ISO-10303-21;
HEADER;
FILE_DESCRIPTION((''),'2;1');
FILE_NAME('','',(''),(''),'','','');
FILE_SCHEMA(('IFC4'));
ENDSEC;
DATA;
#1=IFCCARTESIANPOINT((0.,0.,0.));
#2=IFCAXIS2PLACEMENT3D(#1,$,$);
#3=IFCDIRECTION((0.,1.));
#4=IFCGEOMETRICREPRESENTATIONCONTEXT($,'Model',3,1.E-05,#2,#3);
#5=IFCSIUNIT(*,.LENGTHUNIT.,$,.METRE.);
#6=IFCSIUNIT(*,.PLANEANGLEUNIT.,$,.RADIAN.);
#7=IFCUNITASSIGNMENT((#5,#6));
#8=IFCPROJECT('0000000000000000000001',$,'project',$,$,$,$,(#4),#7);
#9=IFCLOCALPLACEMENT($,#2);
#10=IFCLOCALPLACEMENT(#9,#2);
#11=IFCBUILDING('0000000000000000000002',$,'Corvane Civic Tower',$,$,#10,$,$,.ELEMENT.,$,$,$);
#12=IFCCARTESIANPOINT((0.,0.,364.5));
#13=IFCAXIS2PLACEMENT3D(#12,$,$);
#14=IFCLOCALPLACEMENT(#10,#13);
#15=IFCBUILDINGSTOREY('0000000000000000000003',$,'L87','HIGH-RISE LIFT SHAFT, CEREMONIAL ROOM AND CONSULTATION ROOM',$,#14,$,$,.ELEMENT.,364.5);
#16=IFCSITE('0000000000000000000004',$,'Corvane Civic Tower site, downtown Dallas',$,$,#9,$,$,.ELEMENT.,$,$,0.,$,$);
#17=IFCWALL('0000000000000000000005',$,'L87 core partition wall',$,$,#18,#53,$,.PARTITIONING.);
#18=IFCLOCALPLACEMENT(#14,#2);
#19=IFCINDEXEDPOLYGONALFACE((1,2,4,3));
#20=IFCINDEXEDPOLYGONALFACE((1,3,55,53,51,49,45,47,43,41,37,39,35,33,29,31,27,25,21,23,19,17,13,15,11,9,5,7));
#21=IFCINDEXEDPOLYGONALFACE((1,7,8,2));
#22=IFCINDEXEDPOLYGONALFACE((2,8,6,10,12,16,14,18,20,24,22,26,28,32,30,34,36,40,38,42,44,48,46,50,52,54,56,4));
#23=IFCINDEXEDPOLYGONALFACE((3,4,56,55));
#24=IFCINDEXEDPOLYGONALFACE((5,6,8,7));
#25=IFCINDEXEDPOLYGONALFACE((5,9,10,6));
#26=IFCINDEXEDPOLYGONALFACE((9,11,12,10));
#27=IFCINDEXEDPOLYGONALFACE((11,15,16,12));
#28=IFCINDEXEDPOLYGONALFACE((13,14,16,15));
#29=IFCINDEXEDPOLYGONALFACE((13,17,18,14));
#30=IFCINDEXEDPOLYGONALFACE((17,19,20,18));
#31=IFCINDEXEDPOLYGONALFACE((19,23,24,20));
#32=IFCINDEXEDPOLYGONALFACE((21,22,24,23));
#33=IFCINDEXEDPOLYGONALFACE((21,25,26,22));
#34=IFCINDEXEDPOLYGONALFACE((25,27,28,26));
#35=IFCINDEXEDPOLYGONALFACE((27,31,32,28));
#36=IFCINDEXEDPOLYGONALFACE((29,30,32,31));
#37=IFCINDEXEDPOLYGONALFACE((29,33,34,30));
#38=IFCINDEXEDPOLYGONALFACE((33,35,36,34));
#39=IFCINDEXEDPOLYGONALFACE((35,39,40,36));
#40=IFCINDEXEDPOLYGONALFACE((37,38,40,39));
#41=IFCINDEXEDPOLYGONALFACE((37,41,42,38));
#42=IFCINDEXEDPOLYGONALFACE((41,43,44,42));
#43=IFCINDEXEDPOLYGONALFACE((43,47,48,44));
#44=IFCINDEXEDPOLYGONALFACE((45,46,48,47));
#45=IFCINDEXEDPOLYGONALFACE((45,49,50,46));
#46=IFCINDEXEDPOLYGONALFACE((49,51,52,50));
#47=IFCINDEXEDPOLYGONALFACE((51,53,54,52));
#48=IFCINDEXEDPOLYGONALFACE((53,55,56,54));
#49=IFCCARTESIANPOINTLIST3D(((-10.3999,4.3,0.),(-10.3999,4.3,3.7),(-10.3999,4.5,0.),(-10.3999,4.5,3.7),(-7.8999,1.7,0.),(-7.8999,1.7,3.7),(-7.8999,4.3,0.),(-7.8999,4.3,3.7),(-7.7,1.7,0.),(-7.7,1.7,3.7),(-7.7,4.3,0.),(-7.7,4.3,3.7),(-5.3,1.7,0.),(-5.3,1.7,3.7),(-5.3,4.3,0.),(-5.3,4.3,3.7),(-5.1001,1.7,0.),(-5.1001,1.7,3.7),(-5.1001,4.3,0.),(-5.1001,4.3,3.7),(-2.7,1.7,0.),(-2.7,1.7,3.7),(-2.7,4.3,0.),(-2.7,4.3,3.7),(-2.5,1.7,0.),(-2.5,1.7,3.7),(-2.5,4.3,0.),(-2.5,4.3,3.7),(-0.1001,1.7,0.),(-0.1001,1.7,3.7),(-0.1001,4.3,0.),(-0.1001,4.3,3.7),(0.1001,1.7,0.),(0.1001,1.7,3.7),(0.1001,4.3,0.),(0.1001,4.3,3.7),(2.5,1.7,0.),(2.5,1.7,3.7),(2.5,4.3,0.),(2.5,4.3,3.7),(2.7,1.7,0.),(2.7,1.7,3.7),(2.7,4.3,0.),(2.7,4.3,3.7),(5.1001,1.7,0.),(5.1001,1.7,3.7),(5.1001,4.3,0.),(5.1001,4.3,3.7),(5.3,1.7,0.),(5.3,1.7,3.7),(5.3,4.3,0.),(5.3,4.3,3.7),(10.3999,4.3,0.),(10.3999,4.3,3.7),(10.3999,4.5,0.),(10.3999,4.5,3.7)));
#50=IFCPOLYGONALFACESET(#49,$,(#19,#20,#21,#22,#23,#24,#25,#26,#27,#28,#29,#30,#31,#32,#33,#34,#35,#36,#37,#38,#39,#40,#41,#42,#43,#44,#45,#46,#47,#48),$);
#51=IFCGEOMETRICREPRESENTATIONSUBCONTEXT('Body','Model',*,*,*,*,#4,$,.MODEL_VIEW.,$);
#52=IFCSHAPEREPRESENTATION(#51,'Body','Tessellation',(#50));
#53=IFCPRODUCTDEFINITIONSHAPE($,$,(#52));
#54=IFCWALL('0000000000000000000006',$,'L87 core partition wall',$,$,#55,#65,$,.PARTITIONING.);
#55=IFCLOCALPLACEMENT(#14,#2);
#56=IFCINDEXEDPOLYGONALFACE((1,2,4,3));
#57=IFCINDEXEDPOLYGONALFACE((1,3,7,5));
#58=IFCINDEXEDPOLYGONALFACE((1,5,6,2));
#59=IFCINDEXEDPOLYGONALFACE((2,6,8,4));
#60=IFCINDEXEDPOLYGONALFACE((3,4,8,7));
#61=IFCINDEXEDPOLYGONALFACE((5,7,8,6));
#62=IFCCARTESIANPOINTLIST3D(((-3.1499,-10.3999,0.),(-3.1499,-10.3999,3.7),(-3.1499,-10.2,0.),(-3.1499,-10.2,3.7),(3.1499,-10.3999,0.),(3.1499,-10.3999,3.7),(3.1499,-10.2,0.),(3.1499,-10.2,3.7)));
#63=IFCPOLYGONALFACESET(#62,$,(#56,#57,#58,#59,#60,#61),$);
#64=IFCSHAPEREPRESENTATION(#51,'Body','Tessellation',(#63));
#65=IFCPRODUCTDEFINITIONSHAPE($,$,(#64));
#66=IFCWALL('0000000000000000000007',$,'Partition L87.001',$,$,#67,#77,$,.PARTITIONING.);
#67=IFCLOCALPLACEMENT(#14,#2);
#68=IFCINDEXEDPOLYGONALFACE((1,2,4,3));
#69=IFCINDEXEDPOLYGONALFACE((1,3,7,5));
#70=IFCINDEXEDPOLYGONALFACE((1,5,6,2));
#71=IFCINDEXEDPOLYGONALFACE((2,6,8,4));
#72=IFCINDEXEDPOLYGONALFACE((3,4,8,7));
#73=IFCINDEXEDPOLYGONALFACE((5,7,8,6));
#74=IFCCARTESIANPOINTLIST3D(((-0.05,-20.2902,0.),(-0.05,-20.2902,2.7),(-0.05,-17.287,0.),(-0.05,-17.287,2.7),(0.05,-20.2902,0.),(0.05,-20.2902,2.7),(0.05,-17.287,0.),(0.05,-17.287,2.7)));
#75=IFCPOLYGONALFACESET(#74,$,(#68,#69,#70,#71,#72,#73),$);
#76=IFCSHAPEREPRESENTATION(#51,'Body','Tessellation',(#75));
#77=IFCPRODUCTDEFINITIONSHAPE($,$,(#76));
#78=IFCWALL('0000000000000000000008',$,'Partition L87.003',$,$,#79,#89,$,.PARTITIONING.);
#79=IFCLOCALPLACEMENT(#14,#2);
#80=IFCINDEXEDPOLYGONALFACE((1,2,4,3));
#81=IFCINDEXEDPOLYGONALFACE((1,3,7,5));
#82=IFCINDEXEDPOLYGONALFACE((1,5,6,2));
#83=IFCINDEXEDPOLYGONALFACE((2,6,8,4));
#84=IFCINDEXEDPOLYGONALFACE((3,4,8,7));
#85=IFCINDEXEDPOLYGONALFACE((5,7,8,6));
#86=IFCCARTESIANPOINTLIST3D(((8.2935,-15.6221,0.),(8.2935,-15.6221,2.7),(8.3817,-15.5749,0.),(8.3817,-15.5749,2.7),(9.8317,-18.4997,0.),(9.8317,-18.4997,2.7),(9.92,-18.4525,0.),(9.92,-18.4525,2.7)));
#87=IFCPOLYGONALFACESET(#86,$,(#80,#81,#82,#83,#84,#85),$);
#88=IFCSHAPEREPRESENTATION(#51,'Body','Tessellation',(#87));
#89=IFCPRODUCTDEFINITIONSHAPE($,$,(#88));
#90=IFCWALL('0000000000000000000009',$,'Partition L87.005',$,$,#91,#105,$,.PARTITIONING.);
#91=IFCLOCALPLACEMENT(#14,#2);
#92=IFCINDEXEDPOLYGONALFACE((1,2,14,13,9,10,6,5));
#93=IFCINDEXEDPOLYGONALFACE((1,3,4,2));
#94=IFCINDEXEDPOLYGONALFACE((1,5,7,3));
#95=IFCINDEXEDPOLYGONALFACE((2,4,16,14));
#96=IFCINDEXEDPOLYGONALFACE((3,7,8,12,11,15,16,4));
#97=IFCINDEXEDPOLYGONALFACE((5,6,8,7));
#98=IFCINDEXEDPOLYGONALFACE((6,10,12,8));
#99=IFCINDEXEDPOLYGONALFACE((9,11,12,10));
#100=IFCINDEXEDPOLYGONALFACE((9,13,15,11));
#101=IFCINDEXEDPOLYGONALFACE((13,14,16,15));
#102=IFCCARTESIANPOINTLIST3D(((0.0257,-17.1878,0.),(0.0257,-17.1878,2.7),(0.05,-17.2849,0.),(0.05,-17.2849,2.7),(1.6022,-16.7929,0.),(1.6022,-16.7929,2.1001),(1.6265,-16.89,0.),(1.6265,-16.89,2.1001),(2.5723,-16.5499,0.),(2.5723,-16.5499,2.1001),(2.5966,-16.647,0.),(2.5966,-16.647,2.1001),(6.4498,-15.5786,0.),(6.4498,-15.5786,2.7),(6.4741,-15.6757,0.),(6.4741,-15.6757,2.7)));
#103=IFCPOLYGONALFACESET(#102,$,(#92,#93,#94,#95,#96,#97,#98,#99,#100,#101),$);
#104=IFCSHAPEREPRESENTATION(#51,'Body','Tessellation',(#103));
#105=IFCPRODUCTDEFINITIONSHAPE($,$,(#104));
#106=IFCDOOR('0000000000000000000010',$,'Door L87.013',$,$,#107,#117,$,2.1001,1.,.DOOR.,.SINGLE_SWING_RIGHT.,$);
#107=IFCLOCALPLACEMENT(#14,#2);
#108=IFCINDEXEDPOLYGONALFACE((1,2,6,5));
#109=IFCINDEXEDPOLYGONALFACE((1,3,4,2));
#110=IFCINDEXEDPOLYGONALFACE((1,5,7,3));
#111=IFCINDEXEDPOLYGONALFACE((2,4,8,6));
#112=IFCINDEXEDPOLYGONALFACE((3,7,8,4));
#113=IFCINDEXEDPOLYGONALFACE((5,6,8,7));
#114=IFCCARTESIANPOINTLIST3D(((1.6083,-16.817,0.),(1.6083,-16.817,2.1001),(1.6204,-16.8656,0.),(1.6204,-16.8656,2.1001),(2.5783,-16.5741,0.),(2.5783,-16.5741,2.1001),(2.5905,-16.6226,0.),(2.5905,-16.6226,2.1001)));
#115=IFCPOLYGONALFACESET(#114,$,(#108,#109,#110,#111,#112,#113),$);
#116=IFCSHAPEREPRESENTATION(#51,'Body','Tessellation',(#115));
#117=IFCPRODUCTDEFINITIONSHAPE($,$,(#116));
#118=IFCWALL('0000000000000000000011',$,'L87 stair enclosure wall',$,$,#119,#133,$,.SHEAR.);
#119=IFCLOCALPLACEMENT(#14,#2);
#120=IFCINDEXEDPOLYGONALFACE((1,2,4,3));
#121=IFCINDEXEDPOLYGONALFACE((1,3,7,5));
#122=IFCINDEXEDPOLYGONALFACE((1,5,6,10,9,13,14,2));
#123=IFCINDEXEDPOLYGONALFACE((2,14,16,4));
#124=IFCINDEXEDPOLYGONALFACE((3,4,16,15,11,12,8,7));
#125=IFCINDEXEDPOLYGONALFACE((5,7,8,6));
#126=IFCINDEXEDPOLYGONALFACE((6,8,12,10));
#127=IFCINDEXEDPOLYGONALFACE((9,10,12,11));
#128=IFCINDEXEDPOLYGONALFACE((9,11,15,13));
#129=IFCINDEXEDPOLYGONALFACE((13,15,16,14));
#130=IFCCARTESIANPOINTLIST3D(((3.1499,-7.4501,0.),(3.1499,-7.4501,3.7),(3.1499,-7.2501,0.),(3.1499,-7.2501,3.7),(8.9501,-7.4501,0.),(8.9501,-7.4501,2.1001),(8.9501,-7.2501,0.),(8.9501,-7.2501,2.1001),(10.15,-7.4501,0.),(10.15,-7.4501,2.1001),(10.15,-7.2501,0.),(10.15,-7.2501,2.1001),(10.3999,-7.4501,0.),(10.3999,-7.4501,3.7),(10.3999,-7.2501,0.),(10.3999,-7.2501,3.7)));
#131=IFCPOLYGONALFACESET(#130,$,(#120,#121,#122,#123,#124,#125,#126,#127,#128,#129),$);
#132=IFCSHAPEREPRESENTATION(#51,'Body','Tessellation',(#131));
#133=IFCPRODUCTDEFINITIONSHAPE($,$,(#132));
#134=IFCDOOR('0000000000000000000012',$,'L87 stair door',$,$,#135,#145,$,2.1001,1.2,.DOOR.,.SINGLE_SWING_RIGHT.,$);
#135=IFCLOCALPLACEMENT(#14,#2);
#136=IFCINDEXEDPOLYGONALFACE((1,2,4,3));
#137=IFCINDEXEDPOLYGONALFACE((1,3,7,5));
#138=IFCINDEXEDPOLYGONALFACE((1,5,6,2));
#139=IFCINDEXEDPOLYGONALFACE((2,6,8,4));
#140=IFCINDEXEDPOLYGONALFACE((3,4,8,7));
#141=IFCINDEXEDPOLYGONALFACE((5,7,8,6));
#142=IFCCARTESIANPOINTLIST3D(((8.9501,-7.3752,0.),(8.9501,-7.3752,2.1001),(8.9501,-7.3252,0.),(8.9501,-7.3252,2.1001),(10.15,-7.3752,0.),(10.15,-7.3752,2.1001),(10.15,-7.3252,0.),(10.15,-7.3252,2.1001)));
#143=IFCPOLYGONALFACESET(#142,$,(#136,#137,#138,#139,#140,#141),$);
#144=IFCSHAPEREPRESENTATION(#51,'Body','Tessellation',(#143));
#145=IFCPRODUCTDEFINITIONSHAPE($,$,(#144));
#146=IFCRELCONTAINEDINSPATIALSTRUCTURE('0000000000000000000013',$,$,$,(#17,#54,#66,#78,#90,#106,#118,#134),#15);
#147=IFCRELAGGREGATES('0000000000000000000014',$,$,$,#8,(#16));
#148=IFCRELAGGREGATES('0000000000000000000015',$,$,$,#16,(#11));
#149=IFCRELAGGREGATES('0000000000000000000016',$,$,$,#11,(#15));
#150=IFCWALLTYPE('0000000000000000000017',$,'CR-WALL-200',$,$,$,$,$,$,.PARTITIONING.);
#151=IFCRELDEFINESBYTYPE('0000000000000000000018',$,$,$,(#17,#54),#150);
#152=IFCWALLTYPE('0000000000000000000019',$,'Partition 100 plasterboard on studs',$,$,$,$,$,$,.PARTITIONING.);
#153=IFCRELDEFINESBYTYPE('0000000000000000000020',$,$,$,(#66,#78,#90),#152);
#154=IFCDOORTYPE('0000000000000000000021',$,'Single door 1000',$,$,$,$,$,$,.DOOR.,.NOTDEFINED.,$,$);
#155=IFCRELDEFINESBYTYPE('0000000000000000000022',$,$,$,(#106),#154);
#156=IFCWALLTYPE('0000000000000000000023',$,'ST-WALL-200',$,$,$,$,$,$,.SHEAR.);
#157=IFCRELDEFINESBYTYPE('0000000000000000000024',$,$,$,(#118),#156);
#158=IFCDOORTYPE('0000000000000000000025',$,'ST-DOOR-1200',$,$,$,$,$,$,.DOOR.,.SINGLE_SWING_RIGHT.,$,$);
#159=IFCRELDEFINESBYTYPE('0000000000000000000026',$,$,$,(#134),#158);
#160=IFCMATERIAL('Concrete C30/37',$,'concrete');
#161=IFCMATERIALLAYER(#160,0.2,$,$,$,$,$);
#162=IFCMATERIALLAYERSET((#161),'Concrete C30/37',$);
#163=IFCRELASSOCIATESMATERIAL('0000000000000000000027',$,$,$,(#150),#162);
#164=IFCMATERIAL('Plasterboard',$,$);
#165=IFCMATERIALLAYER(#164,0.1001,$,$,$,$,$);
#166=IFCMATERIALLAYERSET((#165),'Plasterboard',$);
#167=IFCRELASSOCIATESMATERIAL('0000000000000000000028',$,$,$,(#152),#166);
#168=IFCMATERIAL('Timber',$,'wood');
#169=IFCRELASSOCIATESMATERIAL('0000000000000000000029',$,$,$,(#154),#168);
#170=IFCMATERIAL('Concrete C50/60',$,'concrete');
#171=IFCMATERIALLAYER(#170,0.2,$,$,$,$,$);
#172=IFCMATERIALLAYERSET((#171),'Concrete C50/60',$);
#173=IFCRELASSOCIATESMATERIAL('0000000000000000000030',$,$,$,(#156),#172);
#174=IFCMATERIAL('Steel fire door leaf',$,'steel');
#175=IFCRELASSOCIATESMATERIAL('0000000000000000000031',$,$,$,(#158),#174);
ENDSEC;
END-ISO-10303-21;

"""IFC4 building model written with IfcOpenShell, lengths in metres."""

from ifc_helpers import new_model, si_unit, direction, frame, frame_2d, origin, place, context, subcontext, project, spatial, polyline, rectangle, outline, extrude, material, layer, layer_set, type_object, element, fill, save


model = new_model("IFC4")

# Units and contexts
model_context = context("Model", 3, precision=1e-05, world=origin(), true_north=direction((0.0, 1.0)))
body_context = subcontext(model_context, "Body", "Model", "MODEL_VIEW")
ifc_project = project(units=[si_unit("LENGTHUNIT", "METRE"), si_unit("PLANEANGLEUNIT", "RADIAN")], contexts=[model_context])

# Site, building, storey
site_placement = place(None, origin())
site = spatial("IfcSite", under=ifc_project, at=site_placement, Name="Corvane Civic Tower site, downtown Dallas", CompositionType="ELEMENT", RefElevation=0.0)
building_placement = place(site_placement, origin())
building = spatial("IfcBuilding", under=site, at=building_placement, Name="Corvane Civic Tower", CompositionType="ELEMENT")
storey_placement = place(building_placement, frame((0.0, 0.0, 364.5)))
storey = spatial("IfcBuildingStorey", under=building, at=storey_placement, Name="L87", Description="HIGH-RISE LIFT SHAFT, CEREMONIAL ROOM AND CONSULTATION ROOM", CompositionType="ELEMENT", Elevation=364.5)

# Shared definitions
ifc_material_1 = material(Name="Concrete C30/37", Category="concrete")
ifc_layer_1 = layer(ifc_material_1, 0.2)
ifc_layer_set_1 = layer_set([ifc_layer_1], Name="Concrete C30/37")
wall_type_1 = type_object("IfcWallType", Name="CR-WALL-200", PredefinedType="PARTITIONING", material=ifc_layer_set_1)

# Walls
wall_1_placement = place(storey_placement, origin())
element("IfcWall", 1, at=wall_1_placement, inside=storey, type_object=wall_type_1, Name="L87 core partition wall", PredefinedType="PARTITIONING", context=body_context, shape_type="SweptSolid", body=[
    extrude(outline(polyline([(-7.7, 1.7), (-7.8999, 1.7), (-7.8999, 4.3), (-10.3999, 4.3), (-10.3999, 4.5), (10.3999, 4.5), (10.3999, 4.3), (5.3, 4.3), (5.3, 1.7), (5.1001, 1.7), (5.1001, 4.3), (2.7, 4.3), (2.7, 1.7), (2.5, 1.7), (2.5, 4.3), (0.1001, 4.3), (0.1001, 1.7), (-0.1001, 1.7), (-0.1001, 4.3), (-2.5, 4.3), (-2.5, 1.7), (-2.7, 1.7), (-2.7, 4.3), (-5.1001, 4.3), (-5.1001, 1.7), (-5.3, 1.7), (-5.3, 4.3), (-7.7, 4.3), (-7.7, 1.7)])), origin(), (0.0, 0.0, 1.0), 3.7),
])
wall_2_placement = place(storey_placement, origin())
element("IfcWall", 2, at=wall_2_placement, inside=storey, type_object=wall_type_1, Name="L87 core partition wall", PredefinedType="PARTITIONING", context=body_context, shape_type="SweptSolid", body=[
    extrude(outline(polyline([(3.1499, -10.2), (3.1499, -10.3999), (-3.1499, -10.3999), (-3.1499, -10.2), (3.1499, -10.2)])), origin(), (0.0, 0.0, 1.0), 3.7),
])
ifc_material_2 = material(Name="Plasterboard")
ifc_layer_2 = layer(ifc_material_2, 0.1001)
ifc_layer_set_2 = layer_set([ifc_layer_2], Name="Plasterboard")
wall_type_2 = type_object("IfcWallType", Name="Partition 100 plasterboard on studs", PredefinedType="PARTITIONING", material=ifc_layer_set_2)
wall_3_placement = place(storey_placement, frame((0.0, -20.29, 0.0), z_axis=(0.0, 0.0, 1.0), x_axis=(0.0, 1.0, 0.0)))
element("IfcWall", 3, at=wall_3_placement, inside=storey, type_object=wall_type_2, Name="Partition L87.001", PredefinedType="PARTITIONING", context=body_context, shape_type="SweptSolid", body=[
    extrude(rectangle(XDim=3.0032, YDim=0.1001, at=frame_2d((1.5015, 0.0))), origin(), (0.0, 0.0, 1.0), 2.7),
])
wall_4_placement = place(storey_placement, frame((8.3376, -15.5986, 0.0), z_axis=(0.0, 0.0, 1.0), x_axis=(0.471438, -0.881899, 0.0)))
element("IfcWall", 4, at=wall_4_placement, inside=storey, type_object=wall_type_2, Name="Partition L87.003", PredefinedType="PARTITIONING", context=body_context, shape_type="SweptSolid", body=[
    extrude(rectangle(XDim=3.2629, YDim=0.1001, at=frame_2d((1.6313, 0.0))), origin(), (0.0, 0.0, 1.0), 2.7),
])

# Walls, openings, doors
wall_5_placement = place(storey_placement, frame((0.0378, -17.2363, 0.0), z_axis=(0.0, 0.0, 1.0), x_axis=(0.970032, 0.242978, 0.0)))
wall_5 = element("IfcWall", 5, at=wall_5_placement, inside=storey, type_object=wall_type_2, Name="Partition L87.005", PredefinedType="PARTITIONING", context=body_context, shape_type="SweptSolid", body=[
    extrude(rectangle(XDim=6.6226, YDim=0.1001, at=frame_2d((3.3113, 0.0))), origin(), (0.0, 0.0, 1.0), 2.7),
])
opening_1_placement = place(wall_5_placement, frame((1.6252, 0.0, 0.0)))
opening_1 = element("IfcOpeningElement", 6, at=opening_1_placement, cuts=wall_5, PredefinedType="OPENING", context=body_context, shape_type="SweptSolid", body=[
    extrude(rectangle(XDim=1.0, YDim=2.1001, at=frame_2d((0.5, 1.05))), frame((0.0, 0.0601, 0.0), z_axis=(0.0, -1.0, 0.0), x_axis=(1.0, 0.0, 0.0)), (0.0, 0.0, 1.0), 0.1201),
])
ifc_material_3 = material(Name="Timber", Category="wood")
door_type_1 = type_object("IfcDoorType", Name="Single door 1000", OperationType="NOTDEFINED", PredefinedType="DOOR", material=ifc_material_3)
door_1_placement = place(opening_1_placement, frame((1.0, 0.0, 0.0), z_axis=(0.0, 0.0, 1.0), x_axis=(-1.0, 0.0, 0.0)))
door_1 = element("IfcDoor", 7, at=door_1_placement, inside=storey, type_object=door_type_1, Name="Door L87.013", OperationType="SINGLE_SWING_RIGHT", OverallHeight=2.1001, OverallWidth=1.0, PredefinedType="DOOR", context=body_context, shape_type="SweptSolid", body=[
    extrude(rectangle(XDim=1.0, YDim=2.1001, at=frame_2d((0.5, 1.05))), frame((0.0, 0.0249, 0.0), z_axis=(0.0, -1.0, 0.0), x_axis=(1.0, 0.0, 0.0)), (0.0, 0.0, 1.0), 0.05),
])
fill(opening_1, door_1)
ifc_material_4 = material(Name="Concrete C50/60", Category="concrete")
ifc_layer_3 = layer(ifc_material_4, 0.2)
ifc_layer_set_3 = layer_set([ifc_layer_3], Name="Concrete C50/60")
wall_type_3 = type_object("IfcWallType", Name="ST-WALL-200", PredefinedType="SHEAR", material=ifc_layer_set_3)
wall_6_placement = place(storey_placement, frame((3.1499, -7.3501, 0.0), z_axis=(0.0, 0.0, 1.0), x_axis=(1.0, 0.0, 0.0)))
wall_6 = element("IfcWall", 8, at=wall_6_placement, inside=storey, type_object=wall_type_3, Name="L87 stair enclosure wall", PredefinedType="SHEAR", context=body_context, shape_type="SweptSolid", body=[
    extrude(rectangle(XDim=7.25, YDim=0.2, at=frame_2d((3.625, 0.0))), origin(), (0.0, 0.0, 1.0), 3.7),
])
opening_2_placement = place(wall_6_placement, frame((5.8, 0.0, 0.0)))
opening_2 = element("IfcOpeningElement", 9, at=opening_2_placement, cuts=wall_6, PredefinedType="OPENING", context=body_context, shape_type="SweptSolid", body=[
    extrude(rectangle(XDim=1.2, YDim=2.1001, at=frame_2d((0.6001, 1.05))), frame((0.0, 0.1099, 0.0), z_axis=(0.0, -1.0, 0.0), x_axis=(1.0, 0.0, 0.0)), (0.0, 0.0, 1.0), 0.22),
])
ifc_material_5 = material(Name="Steel fire door leaf", Category="steel")
door_type_2 = type_object("IfcDoorType", Name="ST-DOOR-1200", OperationType="SINGLE_SWING_RIGHT", PredefinedType="DOOR", material=ifc_material_5)
door_2_placement = place(opening_2_placement, origin())
door_2 = element("IfcDoor", 10, at=door_2_placement, inside=storey, type_object=door_type_2, Name="L87 stair door", OperationType="SINGLE_SWING_RIGHT", OverallHeight=2.1001, OverallWidth=1.2, PredefinedType="DOOR", context=body_context, shape_type="SweptSolid", body=[
    extrude(rectangle(XDim=1.2, YDim=2.1001, at=frame_2d((0.6001, 1.05))), frame((0.0, 0.0249, 0.0), z_axis=(0.0, -1.0, 0.0), x_axis=(1.0, 0.0, 0.0)), (0.0, 0.0, 1.0), 0.05),
])
fill(opening_2, door_2)

save(model, "model.ifc")
